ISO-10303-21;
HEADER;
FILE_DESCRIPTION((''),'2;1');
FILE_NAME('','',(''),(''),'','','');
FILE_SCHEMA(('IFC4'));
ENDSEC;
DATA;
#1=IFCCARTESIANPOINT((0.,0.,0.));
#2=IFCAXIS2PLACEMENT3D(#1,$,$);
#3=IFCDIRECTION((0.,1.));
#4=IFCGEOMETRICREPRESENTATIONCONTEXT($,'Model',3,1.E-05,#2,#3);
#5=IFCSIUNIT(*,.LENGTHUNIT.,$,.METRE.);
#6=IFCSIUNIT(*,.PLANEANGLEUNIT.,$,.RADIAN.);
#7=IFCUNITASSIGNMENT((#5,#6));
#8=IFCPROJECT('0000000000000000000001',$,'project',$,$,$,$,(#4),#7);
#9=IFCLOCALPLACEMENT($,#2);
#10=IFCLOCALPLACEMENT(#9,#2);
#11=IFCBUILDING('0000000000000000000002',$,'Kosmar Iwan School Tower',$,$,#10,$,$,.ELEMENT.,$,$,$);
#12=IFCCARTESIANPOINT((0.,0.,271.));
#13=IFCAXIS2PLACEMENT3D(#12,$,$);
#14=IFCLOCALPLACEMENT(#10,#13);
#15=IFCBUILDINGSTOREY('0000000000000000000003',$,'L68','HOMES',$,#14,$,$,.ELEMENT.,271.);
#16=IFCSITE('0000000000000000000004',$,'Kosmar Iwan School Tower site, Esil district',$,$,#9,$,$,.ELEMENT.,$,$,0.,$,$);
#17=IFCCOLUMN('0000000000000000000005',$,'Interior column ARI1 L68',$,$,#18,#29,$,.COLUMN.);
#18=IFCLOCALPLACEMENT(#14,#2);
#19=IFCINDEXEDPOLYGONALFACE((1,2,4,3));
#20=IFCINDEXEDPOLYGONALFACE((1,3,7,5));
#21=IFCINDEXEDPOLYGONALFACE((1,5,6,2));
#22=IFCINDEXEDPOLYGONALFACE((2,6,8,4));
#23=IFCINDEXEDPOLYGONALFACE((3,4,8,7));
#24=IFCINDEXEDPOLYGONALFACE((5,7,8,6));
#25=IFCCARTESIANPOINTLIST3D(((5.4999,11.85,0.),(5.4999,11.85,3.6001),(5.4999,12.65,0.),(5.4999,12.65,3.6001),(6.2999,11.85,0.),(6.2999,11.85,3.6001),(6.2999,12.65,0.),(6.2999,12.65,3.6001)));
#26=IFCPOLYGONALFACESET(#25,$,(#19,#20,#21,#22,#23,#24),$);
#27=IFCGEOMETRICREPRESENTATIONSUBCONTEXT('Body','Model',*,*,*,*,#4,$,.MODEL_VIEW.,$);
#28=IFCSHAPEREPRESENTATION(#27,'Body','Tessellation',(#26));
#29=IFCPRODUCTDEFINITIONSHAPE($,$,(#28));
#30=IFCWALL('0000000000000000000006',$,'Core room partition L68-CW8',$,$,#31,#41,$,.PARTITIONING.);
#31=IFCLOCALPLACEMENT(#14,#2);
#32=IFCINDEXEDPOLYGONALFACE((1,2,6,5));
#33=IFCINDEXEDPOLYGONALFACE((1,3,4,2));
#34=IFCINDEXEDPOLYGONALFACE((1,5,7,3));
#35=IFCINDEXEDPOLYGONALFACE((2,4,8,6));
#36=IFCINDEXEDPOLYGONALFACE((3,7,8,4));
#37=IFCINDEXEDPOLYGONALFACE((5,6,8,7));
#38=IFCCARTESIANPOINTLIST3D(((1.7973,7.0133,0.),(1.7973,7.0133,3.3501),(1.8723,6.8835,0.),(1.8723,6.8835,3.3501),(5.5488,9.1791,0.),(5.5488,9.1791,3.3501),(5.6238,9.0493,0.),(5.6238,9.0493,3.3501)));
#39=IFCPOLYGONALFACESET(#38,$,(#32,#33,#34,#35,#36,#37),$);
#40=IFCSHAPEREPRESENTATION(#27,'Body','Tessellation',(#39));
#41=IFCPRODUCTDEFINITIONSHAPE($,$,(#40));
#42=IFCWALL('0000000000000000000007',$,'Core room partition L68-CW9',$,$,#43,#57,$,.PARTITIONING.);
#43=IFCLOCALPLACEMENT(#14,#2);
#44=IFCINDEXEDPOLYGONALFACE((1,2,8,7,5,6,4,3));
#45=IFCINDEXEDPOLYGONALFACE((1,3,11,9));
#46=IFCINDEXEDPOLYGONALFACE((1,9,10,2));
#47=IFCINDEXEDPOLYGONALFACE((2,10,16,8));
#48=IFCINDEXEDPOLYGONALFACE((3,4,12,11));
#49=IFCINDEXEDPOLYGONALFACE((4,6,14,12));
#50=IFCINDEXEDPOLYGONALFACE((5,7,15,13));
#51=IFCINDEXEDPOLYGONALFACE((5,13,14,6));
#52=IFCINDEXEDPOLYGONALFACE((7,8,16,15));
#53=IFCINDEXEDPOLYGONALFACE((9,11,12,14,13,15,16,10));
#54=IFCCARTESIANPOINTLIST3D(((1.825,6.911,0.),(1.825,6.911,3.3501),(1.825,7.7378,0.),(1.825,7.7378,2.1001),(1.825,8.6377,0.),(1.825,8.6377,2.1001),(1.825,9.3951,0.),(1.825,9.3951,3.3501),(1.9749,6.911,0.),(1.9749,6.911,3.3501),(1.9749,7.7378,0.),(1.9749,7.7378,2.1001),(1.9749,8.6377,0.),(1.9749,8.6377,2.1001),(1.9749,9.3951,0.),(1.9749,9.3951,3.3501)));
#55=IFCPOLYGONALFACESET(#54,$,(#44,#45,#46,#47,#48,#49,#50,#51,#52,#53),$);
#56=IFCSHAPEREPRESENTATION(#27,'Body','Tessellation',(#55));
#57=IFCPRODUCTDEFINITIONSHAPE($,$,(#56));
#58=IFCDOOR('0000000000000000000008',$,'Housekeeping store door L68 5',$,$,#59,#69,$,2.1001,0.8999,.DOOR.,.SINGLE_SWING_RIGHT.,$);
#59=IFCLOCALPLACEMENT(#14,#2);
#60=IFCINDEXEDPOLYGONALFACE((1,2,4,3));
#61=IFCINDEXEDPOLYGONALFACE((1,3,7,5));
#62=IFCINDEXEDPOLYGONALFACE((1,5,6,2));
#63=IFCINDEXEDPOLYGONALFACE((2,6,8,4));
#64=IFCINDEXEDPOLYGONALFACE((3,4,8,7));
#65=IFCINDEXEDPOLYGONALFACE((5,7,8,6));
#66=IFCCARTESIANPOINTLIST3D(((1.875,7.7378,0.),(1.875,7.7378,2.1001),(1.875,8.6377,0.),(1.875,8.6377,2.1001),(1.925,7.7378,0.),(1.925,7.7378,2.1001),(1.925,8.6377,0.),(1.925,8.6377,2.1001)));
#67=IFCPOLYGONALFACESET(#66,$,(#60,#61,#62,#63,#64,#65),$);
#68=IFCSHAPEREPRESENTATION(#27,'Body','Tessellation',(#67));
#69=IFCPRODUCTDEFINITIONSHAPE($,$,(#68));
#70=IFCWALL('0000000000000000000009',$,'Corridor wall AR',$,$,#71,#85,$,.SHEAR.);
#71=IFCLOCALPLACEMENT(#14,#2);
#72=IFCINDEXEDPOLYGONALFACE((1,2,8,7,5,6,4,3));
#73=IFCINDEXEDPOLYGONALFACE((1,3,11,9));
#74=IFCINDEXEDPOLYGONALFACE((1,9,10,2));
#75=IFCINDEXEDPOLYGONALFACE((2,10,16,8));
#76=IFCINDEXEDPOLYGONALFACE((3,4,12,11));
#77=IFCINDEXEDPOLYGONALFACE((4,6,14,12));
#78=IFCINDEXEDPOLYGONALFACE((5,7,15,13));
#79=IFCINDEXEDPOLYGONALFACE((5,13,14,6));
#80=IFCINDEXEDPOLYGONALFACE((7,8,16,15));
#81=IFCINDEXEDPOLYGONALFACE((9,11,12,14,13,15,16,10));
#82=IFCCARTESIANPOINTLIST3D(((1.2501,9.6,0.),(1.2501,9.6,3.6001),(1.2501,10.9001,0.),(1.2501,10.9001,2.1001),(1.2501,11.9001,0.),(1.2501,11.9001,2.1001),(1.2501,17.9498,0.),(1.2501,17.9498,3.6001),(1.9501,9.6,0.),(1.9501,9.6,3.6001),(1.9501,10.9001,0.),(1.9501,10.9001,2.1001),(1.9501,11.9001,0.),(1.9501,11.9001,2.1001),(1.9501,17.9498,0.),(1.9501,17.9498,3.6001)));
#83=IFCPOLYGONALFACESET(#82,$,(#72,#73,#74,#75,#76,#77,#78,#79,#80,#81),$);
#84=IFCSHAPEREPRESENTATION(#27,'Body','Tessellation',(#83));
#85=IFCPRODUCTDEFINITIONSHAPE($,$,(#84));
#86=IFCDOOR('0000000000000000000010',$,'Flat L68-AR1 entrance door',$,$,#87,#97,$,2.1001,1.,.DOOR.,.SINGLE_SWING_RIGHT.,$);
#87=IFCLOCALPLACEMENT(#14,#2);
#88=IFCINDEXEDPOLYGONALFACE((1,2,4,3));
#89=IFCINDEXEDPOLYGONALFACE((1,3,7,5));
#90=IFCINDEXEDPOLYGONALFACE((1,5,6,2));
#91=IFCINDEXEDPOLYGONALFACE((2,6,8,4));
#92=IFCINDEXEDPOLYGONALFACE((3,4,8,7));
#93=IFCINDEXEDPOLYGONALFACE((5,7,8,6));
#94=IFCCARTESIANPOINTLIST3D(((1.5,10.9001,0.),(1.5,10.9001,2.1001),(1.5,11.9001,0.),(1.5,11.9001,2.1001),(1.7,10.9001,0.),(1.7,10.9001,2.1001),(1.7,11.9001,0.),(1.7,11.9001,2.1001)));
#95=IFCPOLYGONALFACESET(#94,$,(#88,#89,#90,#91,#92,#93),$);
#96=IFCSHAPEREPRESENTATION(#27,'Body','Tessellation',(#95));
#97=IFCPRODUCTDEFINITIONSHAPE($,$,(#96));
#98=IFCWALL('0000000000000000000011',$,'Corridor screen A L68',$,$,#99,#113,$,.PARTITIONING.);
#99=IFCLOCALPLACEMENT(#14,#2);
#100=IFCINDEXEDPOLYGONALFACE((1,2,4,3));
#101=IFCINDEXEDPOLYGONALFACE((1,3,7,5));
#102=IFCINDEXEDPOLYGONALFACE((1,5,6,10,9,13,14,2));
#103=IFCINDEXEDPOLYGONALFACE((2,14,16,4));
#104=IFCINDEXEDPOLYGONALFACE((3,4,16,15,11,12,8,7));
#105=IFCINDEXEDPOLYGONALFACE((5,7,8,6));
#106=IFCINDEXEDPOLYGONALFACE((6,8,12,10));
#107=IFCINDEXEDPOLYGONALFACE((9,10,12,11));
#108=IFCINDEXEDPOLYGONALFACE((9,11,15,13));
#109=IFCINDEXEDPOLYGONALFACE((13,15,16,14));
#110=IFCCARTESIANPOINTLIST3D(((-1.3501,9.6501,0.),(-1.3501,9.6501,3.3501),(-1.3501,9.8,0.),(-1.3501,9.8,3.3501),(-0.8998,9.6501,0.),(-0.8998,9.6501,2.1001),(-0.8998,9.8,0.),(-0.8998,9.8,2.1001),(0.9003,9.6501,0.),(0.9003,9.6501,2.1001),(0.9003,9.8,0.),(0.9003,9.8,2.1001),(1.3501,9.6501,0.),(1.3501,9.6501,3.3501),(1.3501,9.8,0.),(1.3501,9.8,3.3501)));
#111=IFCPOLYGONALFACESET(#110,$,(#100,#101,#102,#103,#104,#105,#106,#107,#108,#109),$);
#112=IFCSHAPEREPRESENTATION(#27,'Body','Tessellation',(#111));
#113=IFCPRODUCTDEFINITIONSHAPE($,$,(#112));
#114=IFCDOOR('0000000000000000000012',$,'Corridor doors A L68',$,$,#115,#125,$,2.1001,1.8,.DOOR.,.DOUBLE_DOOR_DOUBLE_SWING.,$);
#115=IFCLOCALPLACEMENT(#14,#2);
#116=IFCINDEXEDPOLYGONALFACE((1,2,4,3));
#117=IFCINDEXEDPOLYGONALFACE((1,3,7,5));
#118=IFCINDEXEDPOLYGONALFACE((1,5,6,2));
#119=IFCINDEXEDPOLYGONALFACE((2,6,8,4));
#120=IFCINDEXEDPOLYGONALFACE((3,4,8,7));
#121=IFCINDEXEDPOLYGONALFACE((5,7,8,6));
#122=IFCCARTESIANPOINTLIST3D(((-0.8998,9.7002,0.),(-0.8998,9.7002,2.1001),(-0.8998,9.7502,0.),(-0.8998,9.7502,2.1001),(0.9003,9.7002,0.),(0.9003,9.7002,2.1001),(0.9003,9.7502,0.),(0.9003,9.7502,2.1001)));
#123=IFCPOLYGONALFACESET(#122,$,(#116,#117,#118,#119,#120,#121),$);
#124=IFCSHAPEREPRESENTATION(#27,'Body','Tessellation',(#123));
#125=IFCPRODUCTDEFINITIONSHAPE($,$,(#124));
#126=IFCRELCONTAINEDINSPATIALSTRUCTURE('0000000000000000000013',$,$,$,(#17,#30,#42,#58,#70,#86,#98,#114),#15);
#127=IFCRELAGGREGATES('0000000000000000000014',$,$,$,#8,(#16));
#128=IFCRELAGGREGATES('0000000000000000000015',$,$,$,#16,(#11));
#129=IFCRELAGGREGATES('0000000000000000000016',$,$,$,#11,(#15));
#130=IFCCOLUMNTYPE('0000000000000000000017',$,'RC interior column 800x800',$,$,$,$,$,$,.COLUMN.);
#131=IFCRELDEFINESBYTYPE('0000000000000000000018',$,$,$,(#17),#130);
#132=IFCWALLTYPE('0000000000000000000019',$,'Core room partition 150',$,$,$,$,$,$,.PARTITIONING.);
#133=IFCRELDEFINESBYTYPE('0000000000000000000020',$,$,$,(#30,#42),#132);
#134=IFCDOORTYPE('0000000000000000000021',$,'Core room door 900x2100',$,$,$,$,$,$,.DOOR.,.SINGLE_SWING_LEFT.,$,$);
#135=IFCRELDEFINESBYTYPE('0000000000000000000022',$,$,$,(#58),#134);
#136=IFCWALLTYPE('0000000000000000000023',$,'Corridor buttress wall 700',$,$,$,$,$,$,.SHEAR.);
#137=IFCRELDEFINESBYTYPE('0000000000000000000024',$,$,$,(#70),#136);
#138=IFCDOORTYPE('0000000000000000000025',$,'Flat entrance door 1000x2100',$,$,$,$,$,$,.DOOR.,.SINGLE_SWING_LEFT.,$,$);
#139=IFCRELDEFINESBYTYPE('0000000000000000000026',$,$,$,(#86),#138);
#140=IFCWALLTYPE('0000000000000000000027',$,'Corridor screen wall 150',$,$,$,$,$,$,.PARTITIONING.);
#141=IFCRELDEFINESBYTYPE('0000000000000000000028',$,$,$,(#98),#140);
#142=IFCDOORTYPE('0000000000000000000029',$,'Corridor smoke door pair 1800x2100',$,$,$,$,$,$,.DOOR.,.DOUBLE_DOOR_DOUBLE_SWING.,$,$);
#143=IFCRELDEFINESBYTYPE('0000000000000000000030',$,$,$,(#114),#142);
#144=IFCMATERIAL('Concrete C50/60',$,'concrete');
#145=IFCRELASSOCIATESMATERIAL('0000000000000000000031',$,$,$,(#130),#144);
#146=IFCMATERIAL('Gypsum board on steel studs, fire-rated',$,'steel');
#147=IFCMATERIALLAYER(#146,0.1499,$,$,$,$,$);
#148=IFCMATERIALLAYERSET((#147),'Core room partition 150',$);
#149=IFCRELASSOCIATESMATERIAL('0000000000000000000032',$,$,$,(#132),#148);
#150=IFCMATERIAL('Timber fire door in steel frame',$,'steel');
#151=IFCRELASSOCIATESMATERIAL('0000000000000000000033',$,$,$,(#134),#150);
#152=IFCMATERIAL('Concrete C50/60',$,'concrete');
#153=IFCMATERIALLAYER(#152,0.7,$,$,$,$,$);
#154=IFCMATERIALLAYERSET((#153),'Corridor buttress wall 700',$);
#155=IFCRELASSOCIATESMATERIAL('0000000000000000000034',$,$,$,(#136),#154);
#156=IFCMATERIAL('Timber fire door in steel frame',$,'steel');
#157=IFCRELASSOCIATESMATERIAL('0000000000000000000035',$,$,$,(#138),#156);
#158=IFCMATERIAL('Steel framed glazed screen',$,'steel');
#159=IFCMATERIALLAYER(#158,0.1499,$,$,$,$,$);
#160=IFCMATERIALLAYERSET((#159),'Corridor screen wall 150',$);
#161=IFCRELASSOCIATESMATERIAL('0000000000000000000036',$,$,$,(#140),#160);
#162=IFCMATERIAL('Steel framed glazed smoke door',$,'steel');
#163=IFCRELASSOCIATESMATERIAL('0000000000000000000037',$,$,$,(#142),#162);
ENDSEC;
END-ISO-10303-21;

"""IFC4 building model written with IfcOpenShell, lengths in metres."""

from ifc_helpers import new_model, si_unit, direction, frame, frame_2d, origin, origin_2d, place, context, subcontext, project, spatial, rectangle, extrude, material, layer, layer_set, material_profile, profile_set, type_object, element, fill, save


model = new_model("IFC4")

# Units and contexts
model_context = context("Model", 3, precision=1e-05, world=origin(), true_north=direction((0.0, 1.0)))
body_context = subcontext(model_context, "Body", "Model", "MODEL_VIEW")
ifc_project = project(units=[si_unit("LENGTHUNIT", "METRE"), si_unit("PLANEANGLEUNIT", "RADIAN")], contexts=[model_context])

# Site, building, storey
site_placement = place(None, origin())
site = spatial("IfcSite", under=ifc_project, at=site_placement, Name="Kosmar Iwan School Tower site, Esil district", CompositionType="ELEMENT", RefElevation=0.0)
building_placement = place(site_placement, origin())
building = spatial("IfcBuilding", under=site, at=building_placement, Name="Kosmar Iwan School Tower", CompositionType="ELEMENT")
storey_placement = place(building_placement, frame((0.0, 0.0, 271.0)))
storey = spatial("IfcBuildingStorey", under=building, at=storey_placement, Name="L68", Description="HOMES", CompositionType="ELEMENT", Elevation=271.0)

# Column
ifc_material_1 = material(Name="Concrete C50/60", Category="concrete")
ifc_material_profile = material_profile(ifc_material_1, rectangle(XDim=0.8, YDim=0.8, at=origin_2d()), Name="RC 800x800")
ifc_profile_set = profile_set([ifc_material_profile], Name="Concrete C50/60")
column_type = type_object("IfcColumnType", Name="RC interior column 800x800", PredefinedType="COLUMN", material=ifc_profile_set)
column_placement = place(storey_placement, frame((5.8999, 12.25, 0.0), z_axis=(0.0, 0.0, 1.0), x_axis=(0.0, 1.0, 0.0)))
element("IfcColumn", 1, at=column_placement, inside=storey, type_object=column_type, Name="Interior column ARI1 L68", PredefinedType="COLUMN", context=body_context, shape_type="SweptSolid", body=[
    extrude(rectangle(XDim=0.8, YDim=0.8, at=origin_2d()), origin(), (0.0, 0.0, 1.0), 3.6001),
])

# Wall
ifc_material_2 = material(Name="Gypsum board on steel studs, fire-rated", Category="steel")
ifc_layer_1 = layer(ifc_material_2, 0.1499)
ifc_layer_set_1 = layer_set([ifc_layer_1], Name="Core room partition 150")
wall_type_1 = type_object("IfcWallType", Name="Core room partition 150", PredefinedType="PARTITIONING", material=ifc_layer_set_1)
wall_1_placement = place(storey_placement, frame((5.5864, 9.1143, 0.0), z_axis=(0.0, 0.0, 1.0), x_axis=(-0.866039, -0.499976, 0.0)))
element("IfcWall", 2, at=wall_1_placement, inside=storey, type_object=wall_type_1, Name="Core room partition L68-CW8", PredefinedType="PARTITIONING", context=body_context, shape_type="SweptSolid", body=[
    extrude(rectangle(XDim=4.3318, YDim=0.1499, at=frame_2d((2.166, 0.0))), origin(), (0.0, 0.0, 1.0), 3.3501),
])

# Walls, openings, doors
wall_2_placement = place(storey_placement, frame((1.8999, 6.9109, 0.0), z_axis=(0.0, 0.0, 1.0), x_axis=(0.0, 1.0, 0.0)))
wall_2 = element("IfcWall", 3, at=wall_2_placement, inside=storey, type_object=wall_type_1, Name="Core room partition L68-CW9", PredefinedType="PARTITIONING", context=body_context, shape_type="SweptSolid", body=[
    extrude(rectangle(XDim=2.4841, YDim=0.1499, at=frame_2d((1.2422, 0.0))), origin(), (0.0, 0.0, 1.0), 3.3501),
])
opening_1_placement = place(wall_2_placement, frame((0.8269, 0.0, 0.0)))
opening_1 = element("IfcOpeningElement", 4, at=opening_1_placement, cuts=wall_2, PredefinedType="OPENING", context=body_context, shape_type="SweptSolid", body=[
    extrude(rectangle(XDim=0.8999, YDim=2.1001, at=frame_2d((0.45, 1.05))), frame((0.0, 0.0869, 0.0), z_axis=(0.0, -1.0, 0.0), x_axis=(1.0, 0.0, 0.0)), (0.0, 0.0, 1.0), 0.1738),
])
ifc_material_3 = material(Name="Timber fire door in steel frame", Category="steel")
door_type_1 = type_object("IfcDoorType", Name="Core room door 900x2100", OperationType="SINGLE_SWING_LEFT", PredefinedType="DOOR", material=ifc_material_3)
door_1_placement = place(opening_1_placement, origin())
door_1 = element("IfcDoor", 5, at=door_1_placement, inside=storey, type_object=door_type_1, Name="Housekeeping store door L68 5", OperationType="SINGLE_SWING_RIGHT", OverallHeight=2.1001, OverallWidth=0.8999, PredefinedType="DOOR", context=body_context, shape_type="SweptSolid", body=[
    extrude(rectangle(XDim=0.8999, YDim=2.1001, at=frame_2d((0.45, 1.05))), frame((0.0, 0.0249, 0.0), z_axis=(0.0, -1.0, 0.0), x_axis=(1.0, 0.0, 0.0)), (0.0, 0.0, 1.0), 0.05),
])
fill(opening_1, door_1)
ifc_material_4 = material(Name="Concrete C50/60", Category="concrete")
ifc_layer_2 = layer(ifc_material_4, 0.7)
ifc_layer_set_2 = layer_set([ifc_layer_2], Name="Corridor buttress wall 700")
wall_type_2 = type_object("IfcWallType", Name="Corridor buttress wall 700", PredefinedType="SHEAR", material=ifc_layer_set_2)
wall_3_placement = place(storey_placement, frame((1.6001, 9.6001, 0.0), z_axis=(0.0, 0.0, 1.0), x_axis=(0.0, 1.0, 0.0)))
wall_3 = element("IfcWall", 6, at=wall_3_placement, inside=storey, type_object=wall_type_2, Name="Corridor wall AR", PredefinedType="SHEAR", context=body_context, shape_type="SweptSolid", body=[
    extrude(rectangle(XDim=8.3499, YDim=0.7, at=frame_2d((4.1748, 0.0))), origin(), (0.0, 0.0, 1.0), 3.6001),
])
opening_2_placement = place(wall_3_placement, frame((1.3, 0.0, 0.0)))
opening_2 = element("IfcOpeningElement", 7, at=opening_2_placement, cuts=wall_3, PredefinedType="OPENING", context=body_context, shape_type="SweptSolid", body=[
    extrude(rectangle(XDim=1.0, YDim=2.1001, at=frame_2d((0.5, 1.05))), frame((0.0, 0.3621, 0.0), z_axis=(0.0, -1.0, 0.0), x_axis=(1.0, 0.0, 0.0)), (0.0, 0.0, 1.0), 0.7239),
])
ifc_material_5 = material(Name="Timber fire door in steel frame", Category="steel")
door_type_2 = type_object("IfcDoorType", Name="Flat entrance door 1000x2100", OperationType="SINGLE_SWING_LEFT", PredefinedType="DOOR", material=ifc_material_5)
door_2_placement = place(opening_2_placement, origin())
door_2 = element("IfcDoor", 8, at=door_2_placement, inside=storey, type_object=door_type_2, Name="Flat L68-AR1 entrance door", OperationType="SINGLE_SWING_RIGHT", OverallHeight=2.1001, OverallWidth=1.0, PredefinedType="DOOR", context=body_context, shape_type="SweptSolid", body=[
    extrude(rectangle(XDim=1.0, YDim=2.1001, at=frame_2d((0.5, 1.05))), frame((0.0, 0.1001, 0.0), z_axis=(0.0, -1.0, 0.0), x_axis=(1.0, 0.0, 0.0)), (0.0, 0.0, 1.0), 0.2),
])
fill(opening_2, door_2)
ifc_material_6 = material(Name="Steel framed glazed screen", Category="steel")
ifc_layer_3 = layer(ifc_material_6, 0.1499)
ifc_layer_set_3 = layer_set([ifc_layer_3], Name="Corridor screen wall 150")
wall_type_3 = type_object("IfcWallType", Name="Corridor screen wall 150", PredefinedType="PARTITIONING", material=ifc_layer_set_3)
wall_4_placement = place(storey_placement, frame((1.3501, 9.7251, 0.0), z_axis=(0.0, 0.0, 1.0), x_axis=(-1.0, 0.0, 0.0)))
wall_4 = element("IfcWall", 9, at=wall_4_placement, inside=storey, type_object=wall_type_3, Name="Corridor screen A L68", PredefinedType="PARTITIONING", context=body_context, shape_type="SweptSolid", body=[
    extrude(rectangle(XDim=2.7002, YDim=0.1499, at=frame_2d((1.3501, 0.0))), origin(), (0.0, 0.0, 1.0), 3.3501),
])
opening_3_placement = place(wall_4_placement, frame((0.45, 0.0, 0.0)))
opening_3 = element("IfcOpeningElement", 10, at=opening_3_placement, cuts=wall_4, PredefinedType="OPENING", context=body_context, shape_type="SweptSolid", body=[
    extrude(rectangle(XDim=1.8, YDim=2.1001, at=frame_2d((0.8999, 1.05))), frame((0.0, 0.0869, 0.0), z_axis=(0.0, -1.0, 0.0), x_axis=(1.0, 0.0, 0.0)), (0.0, 0.0, 1.0), 0.1738),
])
ifc_material_7 = material(Name="Steel framed glazed smoke door", Category="steel")
door_type_3 = type_object("IfcDoorType", Name="Corridor smoke door pair 1800x2100", OperationType="DOUBLE_DOOR_DOUBLE_SWING", PredefinedType="DOOR", material=ifc_material_7)
door_3_placement = place(opening_3_placement, origin())
door_3 = element("IfcDoor", 11, at=door_3_placement, inside=storey, type_object=door_type_3, Name="Corridor doors A L68", OperationType="DOUBLE_DOOR_DOUBLE_SWING", OverallHeight=2.1001, OverallWidth=1.8, PredefinedType="DOOR", context=body_context, shape_type="SweptSolid", body=[
    extrude(rectangle(XDim=1.8, YDim=2.1001, at=frame_2d((0.8999, 1.05))), frame((0.0, 0.0249, 0.0), z_axis=(0.0, -1.0, 0.0), x_axis=(1.0, 0.0, 0.0)), (0.0, 0.0, 1.0), 0.05),
])
fill(opening_3, door_3)

save(model, "model.ifc")
